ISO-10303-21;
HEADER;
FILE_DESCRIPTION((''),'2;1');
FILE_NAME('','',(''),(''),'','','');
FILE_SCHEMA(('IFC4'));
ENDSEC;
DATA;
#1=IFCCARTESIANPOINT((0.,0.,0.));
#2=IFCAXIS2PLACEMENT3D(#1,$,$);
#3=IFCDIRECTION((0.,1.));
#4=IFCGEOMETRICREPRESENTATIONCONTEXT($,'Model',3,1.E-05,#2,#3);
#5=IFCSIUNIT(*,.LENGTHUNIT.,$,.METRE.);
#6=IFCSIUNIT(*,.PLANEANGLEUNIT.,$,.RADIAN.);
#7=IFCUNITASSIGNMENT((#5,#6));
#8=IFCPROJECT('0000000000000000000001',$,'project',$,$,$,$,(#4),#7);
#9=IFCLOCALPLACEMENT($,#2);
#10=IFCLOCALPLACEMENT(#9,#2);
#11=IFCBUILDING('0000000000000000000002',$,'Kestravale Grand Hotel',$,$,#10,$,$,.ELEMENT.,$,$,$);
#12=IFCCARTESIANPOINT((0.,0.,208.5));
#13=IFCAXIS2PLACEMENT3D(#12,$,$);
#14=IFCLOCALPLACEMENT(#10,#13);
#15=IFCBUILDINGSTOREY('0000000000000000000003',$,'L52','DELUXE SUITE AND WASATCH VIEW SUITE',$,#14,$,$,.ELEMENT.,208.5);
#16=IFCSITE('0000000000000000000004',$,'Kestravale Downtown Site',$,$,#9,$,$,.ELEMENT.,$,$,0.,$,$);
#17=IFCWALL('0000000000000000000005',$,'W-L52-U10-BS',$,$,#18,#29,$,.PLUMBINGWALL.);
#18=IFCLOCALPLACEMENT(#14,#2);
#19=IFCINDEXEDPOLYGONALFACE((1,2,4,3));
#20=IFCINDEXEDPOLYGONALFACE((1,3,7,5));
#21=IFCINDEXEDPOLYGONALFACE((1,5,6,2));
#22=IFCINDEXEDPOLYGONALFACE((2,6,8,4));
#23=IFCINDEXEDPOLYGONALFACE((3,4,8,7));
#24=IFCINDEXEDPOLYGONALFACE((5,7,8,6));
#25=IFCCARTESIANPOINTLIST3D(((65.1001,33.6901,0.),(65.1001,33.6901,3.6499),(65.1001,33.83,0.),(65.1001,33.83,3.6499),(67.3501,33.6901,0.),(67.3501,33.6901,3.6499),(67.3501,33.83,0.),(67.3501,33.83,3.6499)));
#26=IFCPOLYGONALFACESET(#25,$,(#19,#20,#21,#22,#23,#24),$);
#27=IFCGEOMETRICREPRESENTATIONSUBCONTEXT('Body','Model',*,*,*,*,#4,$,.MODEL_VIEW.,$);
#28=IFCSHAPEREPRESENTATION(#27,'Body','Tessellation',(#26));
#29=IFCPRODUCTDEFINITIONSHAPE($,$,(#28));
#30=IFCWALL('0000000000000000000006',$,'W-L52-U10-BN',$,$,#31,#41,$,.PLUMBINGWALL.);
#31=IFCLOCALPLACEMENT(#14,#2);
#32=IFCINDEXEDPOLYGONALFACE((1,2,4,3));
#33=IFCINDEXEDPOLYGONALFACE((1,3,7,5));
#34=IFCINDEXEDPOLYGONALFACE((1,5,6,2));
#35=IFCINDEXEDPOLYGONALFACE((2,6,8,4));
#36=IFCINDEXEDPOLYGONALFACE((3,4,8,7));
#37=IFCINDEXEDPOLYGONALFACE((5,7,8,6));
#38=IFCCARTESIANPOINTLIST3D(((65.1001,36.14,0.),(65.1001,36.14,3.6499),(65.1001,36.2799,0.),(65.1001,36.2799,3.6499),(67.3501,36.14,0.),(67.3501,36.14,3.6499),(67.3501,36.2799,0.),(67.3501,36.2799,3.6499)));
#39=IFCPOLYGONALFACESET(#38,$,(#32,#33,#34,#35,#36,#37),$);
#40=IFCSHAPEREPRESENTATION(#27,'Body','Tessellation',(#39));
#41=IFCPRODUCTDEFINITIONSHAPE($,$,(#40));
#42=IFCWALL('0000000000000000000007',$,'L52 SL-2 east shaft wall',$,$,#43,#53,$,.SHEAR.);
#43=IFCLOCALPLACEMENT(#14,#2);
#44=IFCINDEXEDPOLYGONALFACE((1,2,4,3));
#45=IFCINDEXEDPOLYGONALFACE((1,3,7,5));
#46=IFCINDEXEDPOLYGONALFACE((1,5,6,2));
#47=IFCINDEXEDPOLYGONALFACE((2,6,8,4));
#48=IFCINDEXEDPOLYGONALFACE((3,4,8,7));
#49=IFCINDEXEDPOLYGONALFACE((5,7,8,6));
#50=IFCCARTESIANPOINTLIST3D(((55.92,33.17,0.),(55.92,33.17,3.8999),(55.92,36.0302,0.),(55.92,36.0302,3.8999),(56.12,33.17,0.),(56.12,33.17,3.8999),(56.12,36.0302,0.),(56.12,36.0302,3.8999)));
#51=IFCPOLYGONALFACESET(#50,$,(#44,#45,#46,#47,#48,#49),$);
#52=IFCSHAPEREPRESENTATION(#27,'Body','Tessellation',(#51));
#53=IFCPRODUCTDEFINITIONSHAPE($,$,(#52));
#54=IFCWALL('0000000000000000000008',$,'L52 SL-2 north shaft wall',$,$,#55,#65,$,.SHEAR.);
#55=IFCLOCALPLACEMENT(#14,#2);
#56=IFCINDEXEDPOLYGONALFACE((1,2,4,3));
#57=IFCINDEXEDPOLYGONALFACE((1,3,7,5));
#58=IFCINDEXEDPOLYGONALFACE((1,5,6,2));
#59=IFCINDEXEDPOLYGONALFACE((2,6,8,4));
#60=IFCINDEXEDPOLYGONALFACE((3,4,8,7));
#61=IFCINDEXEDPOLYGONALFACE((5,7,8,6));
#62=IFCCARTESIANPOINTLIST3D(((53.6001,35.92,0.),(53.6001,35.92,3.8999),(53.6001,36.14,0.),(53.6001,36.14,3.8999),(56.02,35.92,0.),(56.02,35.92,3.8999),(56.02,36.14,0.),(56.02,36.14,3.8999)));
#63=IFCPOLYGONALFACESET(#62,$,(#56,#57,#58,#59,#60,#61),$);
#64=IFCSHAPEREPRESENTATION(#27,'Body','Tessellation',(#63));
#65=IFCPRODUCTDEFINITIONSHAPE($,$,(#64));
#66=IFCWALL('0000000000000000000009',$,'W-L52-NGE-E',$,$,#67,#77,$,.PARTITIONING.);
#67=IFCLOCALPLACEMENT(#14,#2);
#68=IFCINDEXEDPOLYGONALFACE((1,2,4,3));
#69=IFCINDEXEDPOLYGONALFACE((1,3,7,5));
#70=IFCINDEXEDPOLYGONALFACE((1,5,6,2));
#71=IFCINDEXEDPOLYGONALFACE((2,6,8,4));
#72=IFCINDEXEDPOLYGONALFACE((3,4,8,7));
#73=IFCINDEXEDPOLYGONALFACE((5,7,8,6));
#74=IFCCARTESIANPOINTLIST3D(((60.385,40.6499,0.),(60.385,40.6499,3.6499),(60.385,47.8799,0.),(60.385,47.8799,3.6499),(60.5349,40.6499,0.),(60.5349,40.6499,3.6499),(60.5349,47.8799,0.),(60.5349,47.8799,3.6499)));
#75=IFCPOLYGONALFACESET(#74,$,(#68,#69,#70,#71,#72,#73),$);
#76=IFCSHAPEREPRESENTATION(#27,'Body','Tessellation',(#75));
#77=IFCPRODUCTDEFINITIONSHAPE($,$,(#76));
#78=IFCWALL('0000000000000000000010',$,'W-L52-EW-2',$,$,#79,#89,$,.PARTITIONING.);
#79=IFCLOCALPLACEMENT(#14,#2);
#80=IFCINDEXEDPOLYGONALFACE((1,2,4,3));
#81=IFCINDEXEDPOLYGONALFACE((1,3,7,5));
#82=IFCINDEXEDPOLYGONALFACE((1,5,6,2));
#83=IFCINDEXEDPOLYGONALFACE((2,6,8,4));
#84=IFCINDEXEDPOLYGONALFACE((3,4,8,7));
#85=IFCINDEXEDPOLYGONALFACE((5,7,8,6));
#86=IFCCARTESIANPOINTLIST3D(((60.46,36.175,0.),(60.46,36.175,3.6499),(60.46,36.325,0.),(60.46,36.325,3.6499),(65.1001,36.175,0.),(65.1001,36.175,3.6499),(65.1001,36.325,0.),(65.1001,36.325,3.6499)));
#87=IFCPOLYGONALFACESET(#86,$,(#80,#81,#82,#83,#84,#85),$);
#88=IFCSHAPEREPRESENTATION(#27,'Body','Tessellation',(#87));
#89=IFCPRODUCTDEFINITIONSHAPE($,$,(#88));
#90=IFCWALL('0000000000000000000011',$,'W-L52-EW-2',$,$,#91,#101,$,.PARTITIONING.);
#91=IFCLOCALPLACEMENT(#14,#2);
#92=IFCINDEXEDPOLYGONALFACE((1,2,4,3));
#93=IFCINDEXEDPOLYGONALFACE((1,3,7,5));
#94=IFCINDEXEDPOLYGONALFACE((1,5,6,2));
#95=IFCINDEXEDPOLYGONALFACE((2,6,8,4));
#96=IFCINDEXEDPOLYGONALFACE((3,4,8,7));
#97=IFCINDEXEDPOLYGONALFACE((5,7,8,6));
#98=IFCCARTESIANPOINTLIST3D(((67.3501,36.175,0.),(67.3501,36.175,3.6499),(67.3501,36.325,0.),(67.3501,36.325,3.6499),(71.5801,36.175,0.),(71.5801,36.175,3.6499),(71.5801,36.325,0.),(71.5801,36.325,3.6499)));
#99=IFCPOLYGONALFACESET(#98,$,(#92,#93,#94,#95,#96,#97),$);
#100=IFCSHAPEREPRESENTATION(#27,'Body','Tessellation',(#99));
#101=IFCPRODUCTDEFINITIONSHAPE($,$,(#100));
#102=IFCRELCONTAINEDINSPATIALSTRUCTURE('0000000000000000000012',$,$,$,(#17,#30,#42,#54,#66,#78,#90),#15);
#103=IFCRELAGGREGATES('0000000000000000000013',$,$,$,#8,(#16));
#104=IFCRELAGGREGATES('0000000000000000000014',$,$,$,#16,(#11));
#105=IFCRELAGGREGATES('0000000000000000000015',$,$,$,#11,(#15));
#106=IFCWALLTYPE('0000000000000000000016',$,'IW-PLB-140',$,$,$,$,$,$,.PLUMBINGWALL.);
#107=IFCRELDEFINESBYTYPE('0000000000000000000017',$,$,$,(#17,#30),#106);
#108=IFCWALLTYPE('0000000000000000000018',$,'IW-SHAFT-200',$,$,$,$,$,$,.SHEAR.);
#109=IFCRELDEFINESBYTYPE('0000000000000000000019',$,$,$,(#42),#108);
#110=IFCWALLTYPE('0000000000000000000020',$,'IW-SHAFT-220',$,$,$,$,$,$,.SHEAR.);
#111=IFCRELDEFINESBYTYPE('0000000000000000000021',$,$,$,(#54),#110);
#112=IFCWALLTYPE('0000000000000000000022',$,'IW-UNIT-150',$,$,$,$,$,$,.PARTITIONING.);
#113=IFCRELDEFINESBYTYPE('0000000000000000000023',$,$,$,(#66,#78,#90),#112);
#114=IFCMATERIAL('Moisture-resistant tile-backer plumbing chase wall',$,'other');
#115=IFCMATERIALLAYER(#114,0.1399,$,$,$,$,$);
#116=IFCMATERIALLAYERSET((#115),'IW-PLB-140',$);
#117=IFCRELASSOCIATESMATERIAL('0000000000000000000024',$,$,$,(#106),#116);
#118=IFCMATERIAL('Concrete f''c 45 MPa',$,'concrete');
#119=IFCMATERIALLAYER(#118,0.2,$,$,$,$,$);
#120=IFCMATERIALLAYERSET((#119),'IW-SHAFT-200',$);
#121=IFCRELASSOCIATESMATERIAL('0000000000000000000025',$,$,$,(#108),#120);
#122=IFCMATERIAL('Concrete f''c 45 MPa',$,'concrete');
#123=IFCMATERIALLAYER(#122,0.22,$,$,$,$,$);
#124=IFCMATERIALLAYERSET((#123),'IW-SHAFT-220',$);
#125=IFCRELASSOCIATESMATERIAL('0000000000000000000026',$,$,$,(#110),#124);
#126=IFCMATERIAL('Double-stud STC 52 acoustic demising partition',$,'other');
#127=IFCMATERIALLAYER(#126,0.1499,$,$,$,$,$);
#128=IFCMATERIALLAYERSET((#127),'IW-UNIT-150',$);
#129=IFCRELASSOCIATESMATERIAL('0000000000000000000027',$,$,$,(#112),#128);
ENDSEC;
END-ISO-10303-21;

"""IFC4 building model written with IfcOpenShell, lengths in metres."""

from ifc_helpers import new_model, si_unit, direction, frame, frame_2d, origin, place, context, subcontext, project, spatial, rectangle, extrude, material, layer, layer_set, type_object, element, save


model = new_model("IFC4")

# Units and contexts
model_context = context("Model", 3, precision=1e-05, world=origin(), true_north=direction((0.0, 1.0)))
body_context = subcontext(model_context, "Body", "Model", "MODEL_VIEW")
ifc_project = project(units=[si_unit("LENGTHUNIT", "METRE"), si_unit("PLANEANGLEUNIT", "RADIAN")], contexts=[model_context])

# Site, building, storey
site_placement = place(None, origin())
site = spatial("IfcSite", under=ifc_project, at=site_placement, Name="Kestravale Downtown Site", CompositionType="ELEMENT", RefElevation=0.0)
building_placement = place(site_placement, origin())
building = spatial("IfcBuilding", under=site, at=building_placement, Name="Kestravale Grand Hotel", CompositionType="ELEMENT")
storey_placement = place(building_placement, frame((0.0, 0.0, 208.5)))
storey = spatial("IfcBuildingStorey", under=building, at=storey_placement, Name="L52", Description="DELUXE SUITE AND WASATCH VIEW SUITE", CompositionType="ELEMENT", Elevation=208.5)

# Shared definitions
ifc_material_1 = material(Name="Moisture-resistant tile-backer plumbing chase wall", Category="other")
ifc_layer_1 = layer(ifc_material_1, 0.1399)
ifc_layer_set_1 = layer_set([ifc_layer_1], Name="IW-PLB-140")
wall_type_1 = type_object("IfcWallType", Name="IW-PLB-140", PredefinedType="PLUMBINGWALL", material=ifc_layer_set_1)

# Walls
for number, where, z_axis, x_axis, name in (
    (1, (65.1001, 33.76, 0.0), (0.0, 0.0, 1.0), (1.0, 0.0, 0.0), "W-L52-U10-BS"),
    (2, (65.1001, 36.21, 0.0), (0.0, 0.0, 1.0), (1.0, 0.0, 0.0), "W-L52-U10-BN"),
):
    element("IfcWall", number, at=place(storey_placement, frame(where, z_axis=z_axis, x_axis=x_axis)), inside=storey, type_object=wall_type_1, Name=name, PredefinedType="PLUMBINGWALL", context=body_context, shape_type="SweptSolid", body=[
        extrude(rectangle(XDim=2.25, YDim=0.1399, at=frame_2d((1.125, 0.0))), origin(), (0.0, 0.0, 1.0), 3.6499),
    ])
ifc_material_2 = material(Name="Concrete f'c 45 MPa", Category="concrete")
ifc_layer_2 = layer(ifc_material_2, 0.2)
ifc_layer_set_2 = layer_set([ifc_layer_2], Name="IW-SHAFT-200")
wall_type_2 = type_object("IfcWallType", Name="IW-SHAFT-200", PredefinedType="SHEAR", material=ifc_layer_set_2)
wall_1_placement = place(storey_placement, frame((56.02, 33.1699, 0.0), z_axis=(0.0, 0.0, 1.0), x_axis=(0.0, 1.0, 0.0)))
element("IfcWall", 3, at=wall_1_placement, inside=storey, type_object=wall_type_2, Name="L52 SL-2 east shaft wall", PredefinedType="SHEAR", context=body_context, shape_type="SweptSolid", body=[
    extrude(rectangle(XDim=2.8601, YDim=0.2, at=frame_2d((1.4302, 0.0))), origin(), (0.0, 0.0, 1.0), 3.8999),
])
ifc_material_3 = material(Name="Concrete f'c 45 MPa", Category="concrete")
ifc_layer_3 = layer(ifc_material_3, 0.22)
ifc_layer_set_3 = layer_set([ifc_layer_3], Name="IW-SHAFT-220")
wall_type_3 = type_object("IfcWallType", Name="IW-SHAFT-220", PredefinedType="SHEAR", material=ifc_layer_set_3)
wall_2_placement = place(storey_placement, frame((53.6001, 36.03, 0.0), z_axis=(0.0, 0.0, 1.0), x_axis=(1.0, 0.0, 0.0)))
element("IfcWall", 4, at=wall_2_placement, inside=storey, type_object=wall_type_3, Name="L52 SL-2 north shaft wall", PredefinedType="SHEAR", context=body_context, shape_type="SweptSolid", body=[
    extrude(rectangle(XDim=2.4199, YDim=0.22, at=frame_2d((1.21, 0.0))), origin(), (0.0, 0.0, 1.0), 3.8999),
])

# Shared definitions
ifc_material_4 = material(Name="Double-stud STC 52 acoustic demising partition", Category="other")
ifc_layer_4 = layer(ifc_material_4, 0.1499)
ifc_layer_set_4 = layer_set([ifc_layer_4], Name="IW-UNIT-150")
wall_type_4 = type_object("IfcWallType", Name="IW-UNIT-150", PredefinedType="PARTITIONING", material=ifc_layer_set_4)

# Walls
wall_3_placement = place(storey_placement, frame((60.46, 40.6499, 0.0), z_axis=(0.0, 0.0, 1.0), x_axis=(0.0, 1.0, 0.0)))
element("IfcWall", 5, at=wall_3_placement, inside=storey, type_object=wall_type_4, Name="W-L52-NGE-E", PredefinedType="PARTITIONING", context=body_context, shape_type="SweptSolid", body=[
    extrude(rectangle(XDim=7.23, YDim=0.1499, at=frame_2d((3.615, 0.0))), origin(), (0.0, 0.0, 1.0), 3.6499),
])
wall_4_placement = place(storey_placement, frame((60.46, 36.25, 0.0), z_axis=(0.0, 0.0, 1.0), x_axis=(1.0, 0.0, 0.0)))
element("IfcWall", 6, at=wall_4_placement, inside=storey, type_object=wall_type_4, Name="W-L52-EW-2", PredefinedType="PARTITIONING", context=body_context, shape_type="SweptSolid", body=[
    extrude(rectangle(XDim=4.6401, YDim=0.1499, at=frame_2d((2.3201, 0.0))), origin(), (0.0, 0.0, 1.0), 3.6499),
])
wall_5_placement = place(storey_placement, frame((67.3501, 36.25, 0.0), z_axis=(0.0, 0.0, 1.0), x_axis=(1.0, 0.0, 0.0)))
element("IfcWall", 7, at=wall_5_placement, inside=storey, type_object=wall_type_4, Name="W-L52-EW-2", PredefinedType="PARTITIONING", context=body_context, shape_type="SweptSolid", body=[
    extrude(rectangle(XDim=4.23, YDim=0.1499, at=frame_2d((2.115, 0.0))), origin(), (0.0, 0.0, 1.0), 3.6499),
])

save(model, "model.ifc")
